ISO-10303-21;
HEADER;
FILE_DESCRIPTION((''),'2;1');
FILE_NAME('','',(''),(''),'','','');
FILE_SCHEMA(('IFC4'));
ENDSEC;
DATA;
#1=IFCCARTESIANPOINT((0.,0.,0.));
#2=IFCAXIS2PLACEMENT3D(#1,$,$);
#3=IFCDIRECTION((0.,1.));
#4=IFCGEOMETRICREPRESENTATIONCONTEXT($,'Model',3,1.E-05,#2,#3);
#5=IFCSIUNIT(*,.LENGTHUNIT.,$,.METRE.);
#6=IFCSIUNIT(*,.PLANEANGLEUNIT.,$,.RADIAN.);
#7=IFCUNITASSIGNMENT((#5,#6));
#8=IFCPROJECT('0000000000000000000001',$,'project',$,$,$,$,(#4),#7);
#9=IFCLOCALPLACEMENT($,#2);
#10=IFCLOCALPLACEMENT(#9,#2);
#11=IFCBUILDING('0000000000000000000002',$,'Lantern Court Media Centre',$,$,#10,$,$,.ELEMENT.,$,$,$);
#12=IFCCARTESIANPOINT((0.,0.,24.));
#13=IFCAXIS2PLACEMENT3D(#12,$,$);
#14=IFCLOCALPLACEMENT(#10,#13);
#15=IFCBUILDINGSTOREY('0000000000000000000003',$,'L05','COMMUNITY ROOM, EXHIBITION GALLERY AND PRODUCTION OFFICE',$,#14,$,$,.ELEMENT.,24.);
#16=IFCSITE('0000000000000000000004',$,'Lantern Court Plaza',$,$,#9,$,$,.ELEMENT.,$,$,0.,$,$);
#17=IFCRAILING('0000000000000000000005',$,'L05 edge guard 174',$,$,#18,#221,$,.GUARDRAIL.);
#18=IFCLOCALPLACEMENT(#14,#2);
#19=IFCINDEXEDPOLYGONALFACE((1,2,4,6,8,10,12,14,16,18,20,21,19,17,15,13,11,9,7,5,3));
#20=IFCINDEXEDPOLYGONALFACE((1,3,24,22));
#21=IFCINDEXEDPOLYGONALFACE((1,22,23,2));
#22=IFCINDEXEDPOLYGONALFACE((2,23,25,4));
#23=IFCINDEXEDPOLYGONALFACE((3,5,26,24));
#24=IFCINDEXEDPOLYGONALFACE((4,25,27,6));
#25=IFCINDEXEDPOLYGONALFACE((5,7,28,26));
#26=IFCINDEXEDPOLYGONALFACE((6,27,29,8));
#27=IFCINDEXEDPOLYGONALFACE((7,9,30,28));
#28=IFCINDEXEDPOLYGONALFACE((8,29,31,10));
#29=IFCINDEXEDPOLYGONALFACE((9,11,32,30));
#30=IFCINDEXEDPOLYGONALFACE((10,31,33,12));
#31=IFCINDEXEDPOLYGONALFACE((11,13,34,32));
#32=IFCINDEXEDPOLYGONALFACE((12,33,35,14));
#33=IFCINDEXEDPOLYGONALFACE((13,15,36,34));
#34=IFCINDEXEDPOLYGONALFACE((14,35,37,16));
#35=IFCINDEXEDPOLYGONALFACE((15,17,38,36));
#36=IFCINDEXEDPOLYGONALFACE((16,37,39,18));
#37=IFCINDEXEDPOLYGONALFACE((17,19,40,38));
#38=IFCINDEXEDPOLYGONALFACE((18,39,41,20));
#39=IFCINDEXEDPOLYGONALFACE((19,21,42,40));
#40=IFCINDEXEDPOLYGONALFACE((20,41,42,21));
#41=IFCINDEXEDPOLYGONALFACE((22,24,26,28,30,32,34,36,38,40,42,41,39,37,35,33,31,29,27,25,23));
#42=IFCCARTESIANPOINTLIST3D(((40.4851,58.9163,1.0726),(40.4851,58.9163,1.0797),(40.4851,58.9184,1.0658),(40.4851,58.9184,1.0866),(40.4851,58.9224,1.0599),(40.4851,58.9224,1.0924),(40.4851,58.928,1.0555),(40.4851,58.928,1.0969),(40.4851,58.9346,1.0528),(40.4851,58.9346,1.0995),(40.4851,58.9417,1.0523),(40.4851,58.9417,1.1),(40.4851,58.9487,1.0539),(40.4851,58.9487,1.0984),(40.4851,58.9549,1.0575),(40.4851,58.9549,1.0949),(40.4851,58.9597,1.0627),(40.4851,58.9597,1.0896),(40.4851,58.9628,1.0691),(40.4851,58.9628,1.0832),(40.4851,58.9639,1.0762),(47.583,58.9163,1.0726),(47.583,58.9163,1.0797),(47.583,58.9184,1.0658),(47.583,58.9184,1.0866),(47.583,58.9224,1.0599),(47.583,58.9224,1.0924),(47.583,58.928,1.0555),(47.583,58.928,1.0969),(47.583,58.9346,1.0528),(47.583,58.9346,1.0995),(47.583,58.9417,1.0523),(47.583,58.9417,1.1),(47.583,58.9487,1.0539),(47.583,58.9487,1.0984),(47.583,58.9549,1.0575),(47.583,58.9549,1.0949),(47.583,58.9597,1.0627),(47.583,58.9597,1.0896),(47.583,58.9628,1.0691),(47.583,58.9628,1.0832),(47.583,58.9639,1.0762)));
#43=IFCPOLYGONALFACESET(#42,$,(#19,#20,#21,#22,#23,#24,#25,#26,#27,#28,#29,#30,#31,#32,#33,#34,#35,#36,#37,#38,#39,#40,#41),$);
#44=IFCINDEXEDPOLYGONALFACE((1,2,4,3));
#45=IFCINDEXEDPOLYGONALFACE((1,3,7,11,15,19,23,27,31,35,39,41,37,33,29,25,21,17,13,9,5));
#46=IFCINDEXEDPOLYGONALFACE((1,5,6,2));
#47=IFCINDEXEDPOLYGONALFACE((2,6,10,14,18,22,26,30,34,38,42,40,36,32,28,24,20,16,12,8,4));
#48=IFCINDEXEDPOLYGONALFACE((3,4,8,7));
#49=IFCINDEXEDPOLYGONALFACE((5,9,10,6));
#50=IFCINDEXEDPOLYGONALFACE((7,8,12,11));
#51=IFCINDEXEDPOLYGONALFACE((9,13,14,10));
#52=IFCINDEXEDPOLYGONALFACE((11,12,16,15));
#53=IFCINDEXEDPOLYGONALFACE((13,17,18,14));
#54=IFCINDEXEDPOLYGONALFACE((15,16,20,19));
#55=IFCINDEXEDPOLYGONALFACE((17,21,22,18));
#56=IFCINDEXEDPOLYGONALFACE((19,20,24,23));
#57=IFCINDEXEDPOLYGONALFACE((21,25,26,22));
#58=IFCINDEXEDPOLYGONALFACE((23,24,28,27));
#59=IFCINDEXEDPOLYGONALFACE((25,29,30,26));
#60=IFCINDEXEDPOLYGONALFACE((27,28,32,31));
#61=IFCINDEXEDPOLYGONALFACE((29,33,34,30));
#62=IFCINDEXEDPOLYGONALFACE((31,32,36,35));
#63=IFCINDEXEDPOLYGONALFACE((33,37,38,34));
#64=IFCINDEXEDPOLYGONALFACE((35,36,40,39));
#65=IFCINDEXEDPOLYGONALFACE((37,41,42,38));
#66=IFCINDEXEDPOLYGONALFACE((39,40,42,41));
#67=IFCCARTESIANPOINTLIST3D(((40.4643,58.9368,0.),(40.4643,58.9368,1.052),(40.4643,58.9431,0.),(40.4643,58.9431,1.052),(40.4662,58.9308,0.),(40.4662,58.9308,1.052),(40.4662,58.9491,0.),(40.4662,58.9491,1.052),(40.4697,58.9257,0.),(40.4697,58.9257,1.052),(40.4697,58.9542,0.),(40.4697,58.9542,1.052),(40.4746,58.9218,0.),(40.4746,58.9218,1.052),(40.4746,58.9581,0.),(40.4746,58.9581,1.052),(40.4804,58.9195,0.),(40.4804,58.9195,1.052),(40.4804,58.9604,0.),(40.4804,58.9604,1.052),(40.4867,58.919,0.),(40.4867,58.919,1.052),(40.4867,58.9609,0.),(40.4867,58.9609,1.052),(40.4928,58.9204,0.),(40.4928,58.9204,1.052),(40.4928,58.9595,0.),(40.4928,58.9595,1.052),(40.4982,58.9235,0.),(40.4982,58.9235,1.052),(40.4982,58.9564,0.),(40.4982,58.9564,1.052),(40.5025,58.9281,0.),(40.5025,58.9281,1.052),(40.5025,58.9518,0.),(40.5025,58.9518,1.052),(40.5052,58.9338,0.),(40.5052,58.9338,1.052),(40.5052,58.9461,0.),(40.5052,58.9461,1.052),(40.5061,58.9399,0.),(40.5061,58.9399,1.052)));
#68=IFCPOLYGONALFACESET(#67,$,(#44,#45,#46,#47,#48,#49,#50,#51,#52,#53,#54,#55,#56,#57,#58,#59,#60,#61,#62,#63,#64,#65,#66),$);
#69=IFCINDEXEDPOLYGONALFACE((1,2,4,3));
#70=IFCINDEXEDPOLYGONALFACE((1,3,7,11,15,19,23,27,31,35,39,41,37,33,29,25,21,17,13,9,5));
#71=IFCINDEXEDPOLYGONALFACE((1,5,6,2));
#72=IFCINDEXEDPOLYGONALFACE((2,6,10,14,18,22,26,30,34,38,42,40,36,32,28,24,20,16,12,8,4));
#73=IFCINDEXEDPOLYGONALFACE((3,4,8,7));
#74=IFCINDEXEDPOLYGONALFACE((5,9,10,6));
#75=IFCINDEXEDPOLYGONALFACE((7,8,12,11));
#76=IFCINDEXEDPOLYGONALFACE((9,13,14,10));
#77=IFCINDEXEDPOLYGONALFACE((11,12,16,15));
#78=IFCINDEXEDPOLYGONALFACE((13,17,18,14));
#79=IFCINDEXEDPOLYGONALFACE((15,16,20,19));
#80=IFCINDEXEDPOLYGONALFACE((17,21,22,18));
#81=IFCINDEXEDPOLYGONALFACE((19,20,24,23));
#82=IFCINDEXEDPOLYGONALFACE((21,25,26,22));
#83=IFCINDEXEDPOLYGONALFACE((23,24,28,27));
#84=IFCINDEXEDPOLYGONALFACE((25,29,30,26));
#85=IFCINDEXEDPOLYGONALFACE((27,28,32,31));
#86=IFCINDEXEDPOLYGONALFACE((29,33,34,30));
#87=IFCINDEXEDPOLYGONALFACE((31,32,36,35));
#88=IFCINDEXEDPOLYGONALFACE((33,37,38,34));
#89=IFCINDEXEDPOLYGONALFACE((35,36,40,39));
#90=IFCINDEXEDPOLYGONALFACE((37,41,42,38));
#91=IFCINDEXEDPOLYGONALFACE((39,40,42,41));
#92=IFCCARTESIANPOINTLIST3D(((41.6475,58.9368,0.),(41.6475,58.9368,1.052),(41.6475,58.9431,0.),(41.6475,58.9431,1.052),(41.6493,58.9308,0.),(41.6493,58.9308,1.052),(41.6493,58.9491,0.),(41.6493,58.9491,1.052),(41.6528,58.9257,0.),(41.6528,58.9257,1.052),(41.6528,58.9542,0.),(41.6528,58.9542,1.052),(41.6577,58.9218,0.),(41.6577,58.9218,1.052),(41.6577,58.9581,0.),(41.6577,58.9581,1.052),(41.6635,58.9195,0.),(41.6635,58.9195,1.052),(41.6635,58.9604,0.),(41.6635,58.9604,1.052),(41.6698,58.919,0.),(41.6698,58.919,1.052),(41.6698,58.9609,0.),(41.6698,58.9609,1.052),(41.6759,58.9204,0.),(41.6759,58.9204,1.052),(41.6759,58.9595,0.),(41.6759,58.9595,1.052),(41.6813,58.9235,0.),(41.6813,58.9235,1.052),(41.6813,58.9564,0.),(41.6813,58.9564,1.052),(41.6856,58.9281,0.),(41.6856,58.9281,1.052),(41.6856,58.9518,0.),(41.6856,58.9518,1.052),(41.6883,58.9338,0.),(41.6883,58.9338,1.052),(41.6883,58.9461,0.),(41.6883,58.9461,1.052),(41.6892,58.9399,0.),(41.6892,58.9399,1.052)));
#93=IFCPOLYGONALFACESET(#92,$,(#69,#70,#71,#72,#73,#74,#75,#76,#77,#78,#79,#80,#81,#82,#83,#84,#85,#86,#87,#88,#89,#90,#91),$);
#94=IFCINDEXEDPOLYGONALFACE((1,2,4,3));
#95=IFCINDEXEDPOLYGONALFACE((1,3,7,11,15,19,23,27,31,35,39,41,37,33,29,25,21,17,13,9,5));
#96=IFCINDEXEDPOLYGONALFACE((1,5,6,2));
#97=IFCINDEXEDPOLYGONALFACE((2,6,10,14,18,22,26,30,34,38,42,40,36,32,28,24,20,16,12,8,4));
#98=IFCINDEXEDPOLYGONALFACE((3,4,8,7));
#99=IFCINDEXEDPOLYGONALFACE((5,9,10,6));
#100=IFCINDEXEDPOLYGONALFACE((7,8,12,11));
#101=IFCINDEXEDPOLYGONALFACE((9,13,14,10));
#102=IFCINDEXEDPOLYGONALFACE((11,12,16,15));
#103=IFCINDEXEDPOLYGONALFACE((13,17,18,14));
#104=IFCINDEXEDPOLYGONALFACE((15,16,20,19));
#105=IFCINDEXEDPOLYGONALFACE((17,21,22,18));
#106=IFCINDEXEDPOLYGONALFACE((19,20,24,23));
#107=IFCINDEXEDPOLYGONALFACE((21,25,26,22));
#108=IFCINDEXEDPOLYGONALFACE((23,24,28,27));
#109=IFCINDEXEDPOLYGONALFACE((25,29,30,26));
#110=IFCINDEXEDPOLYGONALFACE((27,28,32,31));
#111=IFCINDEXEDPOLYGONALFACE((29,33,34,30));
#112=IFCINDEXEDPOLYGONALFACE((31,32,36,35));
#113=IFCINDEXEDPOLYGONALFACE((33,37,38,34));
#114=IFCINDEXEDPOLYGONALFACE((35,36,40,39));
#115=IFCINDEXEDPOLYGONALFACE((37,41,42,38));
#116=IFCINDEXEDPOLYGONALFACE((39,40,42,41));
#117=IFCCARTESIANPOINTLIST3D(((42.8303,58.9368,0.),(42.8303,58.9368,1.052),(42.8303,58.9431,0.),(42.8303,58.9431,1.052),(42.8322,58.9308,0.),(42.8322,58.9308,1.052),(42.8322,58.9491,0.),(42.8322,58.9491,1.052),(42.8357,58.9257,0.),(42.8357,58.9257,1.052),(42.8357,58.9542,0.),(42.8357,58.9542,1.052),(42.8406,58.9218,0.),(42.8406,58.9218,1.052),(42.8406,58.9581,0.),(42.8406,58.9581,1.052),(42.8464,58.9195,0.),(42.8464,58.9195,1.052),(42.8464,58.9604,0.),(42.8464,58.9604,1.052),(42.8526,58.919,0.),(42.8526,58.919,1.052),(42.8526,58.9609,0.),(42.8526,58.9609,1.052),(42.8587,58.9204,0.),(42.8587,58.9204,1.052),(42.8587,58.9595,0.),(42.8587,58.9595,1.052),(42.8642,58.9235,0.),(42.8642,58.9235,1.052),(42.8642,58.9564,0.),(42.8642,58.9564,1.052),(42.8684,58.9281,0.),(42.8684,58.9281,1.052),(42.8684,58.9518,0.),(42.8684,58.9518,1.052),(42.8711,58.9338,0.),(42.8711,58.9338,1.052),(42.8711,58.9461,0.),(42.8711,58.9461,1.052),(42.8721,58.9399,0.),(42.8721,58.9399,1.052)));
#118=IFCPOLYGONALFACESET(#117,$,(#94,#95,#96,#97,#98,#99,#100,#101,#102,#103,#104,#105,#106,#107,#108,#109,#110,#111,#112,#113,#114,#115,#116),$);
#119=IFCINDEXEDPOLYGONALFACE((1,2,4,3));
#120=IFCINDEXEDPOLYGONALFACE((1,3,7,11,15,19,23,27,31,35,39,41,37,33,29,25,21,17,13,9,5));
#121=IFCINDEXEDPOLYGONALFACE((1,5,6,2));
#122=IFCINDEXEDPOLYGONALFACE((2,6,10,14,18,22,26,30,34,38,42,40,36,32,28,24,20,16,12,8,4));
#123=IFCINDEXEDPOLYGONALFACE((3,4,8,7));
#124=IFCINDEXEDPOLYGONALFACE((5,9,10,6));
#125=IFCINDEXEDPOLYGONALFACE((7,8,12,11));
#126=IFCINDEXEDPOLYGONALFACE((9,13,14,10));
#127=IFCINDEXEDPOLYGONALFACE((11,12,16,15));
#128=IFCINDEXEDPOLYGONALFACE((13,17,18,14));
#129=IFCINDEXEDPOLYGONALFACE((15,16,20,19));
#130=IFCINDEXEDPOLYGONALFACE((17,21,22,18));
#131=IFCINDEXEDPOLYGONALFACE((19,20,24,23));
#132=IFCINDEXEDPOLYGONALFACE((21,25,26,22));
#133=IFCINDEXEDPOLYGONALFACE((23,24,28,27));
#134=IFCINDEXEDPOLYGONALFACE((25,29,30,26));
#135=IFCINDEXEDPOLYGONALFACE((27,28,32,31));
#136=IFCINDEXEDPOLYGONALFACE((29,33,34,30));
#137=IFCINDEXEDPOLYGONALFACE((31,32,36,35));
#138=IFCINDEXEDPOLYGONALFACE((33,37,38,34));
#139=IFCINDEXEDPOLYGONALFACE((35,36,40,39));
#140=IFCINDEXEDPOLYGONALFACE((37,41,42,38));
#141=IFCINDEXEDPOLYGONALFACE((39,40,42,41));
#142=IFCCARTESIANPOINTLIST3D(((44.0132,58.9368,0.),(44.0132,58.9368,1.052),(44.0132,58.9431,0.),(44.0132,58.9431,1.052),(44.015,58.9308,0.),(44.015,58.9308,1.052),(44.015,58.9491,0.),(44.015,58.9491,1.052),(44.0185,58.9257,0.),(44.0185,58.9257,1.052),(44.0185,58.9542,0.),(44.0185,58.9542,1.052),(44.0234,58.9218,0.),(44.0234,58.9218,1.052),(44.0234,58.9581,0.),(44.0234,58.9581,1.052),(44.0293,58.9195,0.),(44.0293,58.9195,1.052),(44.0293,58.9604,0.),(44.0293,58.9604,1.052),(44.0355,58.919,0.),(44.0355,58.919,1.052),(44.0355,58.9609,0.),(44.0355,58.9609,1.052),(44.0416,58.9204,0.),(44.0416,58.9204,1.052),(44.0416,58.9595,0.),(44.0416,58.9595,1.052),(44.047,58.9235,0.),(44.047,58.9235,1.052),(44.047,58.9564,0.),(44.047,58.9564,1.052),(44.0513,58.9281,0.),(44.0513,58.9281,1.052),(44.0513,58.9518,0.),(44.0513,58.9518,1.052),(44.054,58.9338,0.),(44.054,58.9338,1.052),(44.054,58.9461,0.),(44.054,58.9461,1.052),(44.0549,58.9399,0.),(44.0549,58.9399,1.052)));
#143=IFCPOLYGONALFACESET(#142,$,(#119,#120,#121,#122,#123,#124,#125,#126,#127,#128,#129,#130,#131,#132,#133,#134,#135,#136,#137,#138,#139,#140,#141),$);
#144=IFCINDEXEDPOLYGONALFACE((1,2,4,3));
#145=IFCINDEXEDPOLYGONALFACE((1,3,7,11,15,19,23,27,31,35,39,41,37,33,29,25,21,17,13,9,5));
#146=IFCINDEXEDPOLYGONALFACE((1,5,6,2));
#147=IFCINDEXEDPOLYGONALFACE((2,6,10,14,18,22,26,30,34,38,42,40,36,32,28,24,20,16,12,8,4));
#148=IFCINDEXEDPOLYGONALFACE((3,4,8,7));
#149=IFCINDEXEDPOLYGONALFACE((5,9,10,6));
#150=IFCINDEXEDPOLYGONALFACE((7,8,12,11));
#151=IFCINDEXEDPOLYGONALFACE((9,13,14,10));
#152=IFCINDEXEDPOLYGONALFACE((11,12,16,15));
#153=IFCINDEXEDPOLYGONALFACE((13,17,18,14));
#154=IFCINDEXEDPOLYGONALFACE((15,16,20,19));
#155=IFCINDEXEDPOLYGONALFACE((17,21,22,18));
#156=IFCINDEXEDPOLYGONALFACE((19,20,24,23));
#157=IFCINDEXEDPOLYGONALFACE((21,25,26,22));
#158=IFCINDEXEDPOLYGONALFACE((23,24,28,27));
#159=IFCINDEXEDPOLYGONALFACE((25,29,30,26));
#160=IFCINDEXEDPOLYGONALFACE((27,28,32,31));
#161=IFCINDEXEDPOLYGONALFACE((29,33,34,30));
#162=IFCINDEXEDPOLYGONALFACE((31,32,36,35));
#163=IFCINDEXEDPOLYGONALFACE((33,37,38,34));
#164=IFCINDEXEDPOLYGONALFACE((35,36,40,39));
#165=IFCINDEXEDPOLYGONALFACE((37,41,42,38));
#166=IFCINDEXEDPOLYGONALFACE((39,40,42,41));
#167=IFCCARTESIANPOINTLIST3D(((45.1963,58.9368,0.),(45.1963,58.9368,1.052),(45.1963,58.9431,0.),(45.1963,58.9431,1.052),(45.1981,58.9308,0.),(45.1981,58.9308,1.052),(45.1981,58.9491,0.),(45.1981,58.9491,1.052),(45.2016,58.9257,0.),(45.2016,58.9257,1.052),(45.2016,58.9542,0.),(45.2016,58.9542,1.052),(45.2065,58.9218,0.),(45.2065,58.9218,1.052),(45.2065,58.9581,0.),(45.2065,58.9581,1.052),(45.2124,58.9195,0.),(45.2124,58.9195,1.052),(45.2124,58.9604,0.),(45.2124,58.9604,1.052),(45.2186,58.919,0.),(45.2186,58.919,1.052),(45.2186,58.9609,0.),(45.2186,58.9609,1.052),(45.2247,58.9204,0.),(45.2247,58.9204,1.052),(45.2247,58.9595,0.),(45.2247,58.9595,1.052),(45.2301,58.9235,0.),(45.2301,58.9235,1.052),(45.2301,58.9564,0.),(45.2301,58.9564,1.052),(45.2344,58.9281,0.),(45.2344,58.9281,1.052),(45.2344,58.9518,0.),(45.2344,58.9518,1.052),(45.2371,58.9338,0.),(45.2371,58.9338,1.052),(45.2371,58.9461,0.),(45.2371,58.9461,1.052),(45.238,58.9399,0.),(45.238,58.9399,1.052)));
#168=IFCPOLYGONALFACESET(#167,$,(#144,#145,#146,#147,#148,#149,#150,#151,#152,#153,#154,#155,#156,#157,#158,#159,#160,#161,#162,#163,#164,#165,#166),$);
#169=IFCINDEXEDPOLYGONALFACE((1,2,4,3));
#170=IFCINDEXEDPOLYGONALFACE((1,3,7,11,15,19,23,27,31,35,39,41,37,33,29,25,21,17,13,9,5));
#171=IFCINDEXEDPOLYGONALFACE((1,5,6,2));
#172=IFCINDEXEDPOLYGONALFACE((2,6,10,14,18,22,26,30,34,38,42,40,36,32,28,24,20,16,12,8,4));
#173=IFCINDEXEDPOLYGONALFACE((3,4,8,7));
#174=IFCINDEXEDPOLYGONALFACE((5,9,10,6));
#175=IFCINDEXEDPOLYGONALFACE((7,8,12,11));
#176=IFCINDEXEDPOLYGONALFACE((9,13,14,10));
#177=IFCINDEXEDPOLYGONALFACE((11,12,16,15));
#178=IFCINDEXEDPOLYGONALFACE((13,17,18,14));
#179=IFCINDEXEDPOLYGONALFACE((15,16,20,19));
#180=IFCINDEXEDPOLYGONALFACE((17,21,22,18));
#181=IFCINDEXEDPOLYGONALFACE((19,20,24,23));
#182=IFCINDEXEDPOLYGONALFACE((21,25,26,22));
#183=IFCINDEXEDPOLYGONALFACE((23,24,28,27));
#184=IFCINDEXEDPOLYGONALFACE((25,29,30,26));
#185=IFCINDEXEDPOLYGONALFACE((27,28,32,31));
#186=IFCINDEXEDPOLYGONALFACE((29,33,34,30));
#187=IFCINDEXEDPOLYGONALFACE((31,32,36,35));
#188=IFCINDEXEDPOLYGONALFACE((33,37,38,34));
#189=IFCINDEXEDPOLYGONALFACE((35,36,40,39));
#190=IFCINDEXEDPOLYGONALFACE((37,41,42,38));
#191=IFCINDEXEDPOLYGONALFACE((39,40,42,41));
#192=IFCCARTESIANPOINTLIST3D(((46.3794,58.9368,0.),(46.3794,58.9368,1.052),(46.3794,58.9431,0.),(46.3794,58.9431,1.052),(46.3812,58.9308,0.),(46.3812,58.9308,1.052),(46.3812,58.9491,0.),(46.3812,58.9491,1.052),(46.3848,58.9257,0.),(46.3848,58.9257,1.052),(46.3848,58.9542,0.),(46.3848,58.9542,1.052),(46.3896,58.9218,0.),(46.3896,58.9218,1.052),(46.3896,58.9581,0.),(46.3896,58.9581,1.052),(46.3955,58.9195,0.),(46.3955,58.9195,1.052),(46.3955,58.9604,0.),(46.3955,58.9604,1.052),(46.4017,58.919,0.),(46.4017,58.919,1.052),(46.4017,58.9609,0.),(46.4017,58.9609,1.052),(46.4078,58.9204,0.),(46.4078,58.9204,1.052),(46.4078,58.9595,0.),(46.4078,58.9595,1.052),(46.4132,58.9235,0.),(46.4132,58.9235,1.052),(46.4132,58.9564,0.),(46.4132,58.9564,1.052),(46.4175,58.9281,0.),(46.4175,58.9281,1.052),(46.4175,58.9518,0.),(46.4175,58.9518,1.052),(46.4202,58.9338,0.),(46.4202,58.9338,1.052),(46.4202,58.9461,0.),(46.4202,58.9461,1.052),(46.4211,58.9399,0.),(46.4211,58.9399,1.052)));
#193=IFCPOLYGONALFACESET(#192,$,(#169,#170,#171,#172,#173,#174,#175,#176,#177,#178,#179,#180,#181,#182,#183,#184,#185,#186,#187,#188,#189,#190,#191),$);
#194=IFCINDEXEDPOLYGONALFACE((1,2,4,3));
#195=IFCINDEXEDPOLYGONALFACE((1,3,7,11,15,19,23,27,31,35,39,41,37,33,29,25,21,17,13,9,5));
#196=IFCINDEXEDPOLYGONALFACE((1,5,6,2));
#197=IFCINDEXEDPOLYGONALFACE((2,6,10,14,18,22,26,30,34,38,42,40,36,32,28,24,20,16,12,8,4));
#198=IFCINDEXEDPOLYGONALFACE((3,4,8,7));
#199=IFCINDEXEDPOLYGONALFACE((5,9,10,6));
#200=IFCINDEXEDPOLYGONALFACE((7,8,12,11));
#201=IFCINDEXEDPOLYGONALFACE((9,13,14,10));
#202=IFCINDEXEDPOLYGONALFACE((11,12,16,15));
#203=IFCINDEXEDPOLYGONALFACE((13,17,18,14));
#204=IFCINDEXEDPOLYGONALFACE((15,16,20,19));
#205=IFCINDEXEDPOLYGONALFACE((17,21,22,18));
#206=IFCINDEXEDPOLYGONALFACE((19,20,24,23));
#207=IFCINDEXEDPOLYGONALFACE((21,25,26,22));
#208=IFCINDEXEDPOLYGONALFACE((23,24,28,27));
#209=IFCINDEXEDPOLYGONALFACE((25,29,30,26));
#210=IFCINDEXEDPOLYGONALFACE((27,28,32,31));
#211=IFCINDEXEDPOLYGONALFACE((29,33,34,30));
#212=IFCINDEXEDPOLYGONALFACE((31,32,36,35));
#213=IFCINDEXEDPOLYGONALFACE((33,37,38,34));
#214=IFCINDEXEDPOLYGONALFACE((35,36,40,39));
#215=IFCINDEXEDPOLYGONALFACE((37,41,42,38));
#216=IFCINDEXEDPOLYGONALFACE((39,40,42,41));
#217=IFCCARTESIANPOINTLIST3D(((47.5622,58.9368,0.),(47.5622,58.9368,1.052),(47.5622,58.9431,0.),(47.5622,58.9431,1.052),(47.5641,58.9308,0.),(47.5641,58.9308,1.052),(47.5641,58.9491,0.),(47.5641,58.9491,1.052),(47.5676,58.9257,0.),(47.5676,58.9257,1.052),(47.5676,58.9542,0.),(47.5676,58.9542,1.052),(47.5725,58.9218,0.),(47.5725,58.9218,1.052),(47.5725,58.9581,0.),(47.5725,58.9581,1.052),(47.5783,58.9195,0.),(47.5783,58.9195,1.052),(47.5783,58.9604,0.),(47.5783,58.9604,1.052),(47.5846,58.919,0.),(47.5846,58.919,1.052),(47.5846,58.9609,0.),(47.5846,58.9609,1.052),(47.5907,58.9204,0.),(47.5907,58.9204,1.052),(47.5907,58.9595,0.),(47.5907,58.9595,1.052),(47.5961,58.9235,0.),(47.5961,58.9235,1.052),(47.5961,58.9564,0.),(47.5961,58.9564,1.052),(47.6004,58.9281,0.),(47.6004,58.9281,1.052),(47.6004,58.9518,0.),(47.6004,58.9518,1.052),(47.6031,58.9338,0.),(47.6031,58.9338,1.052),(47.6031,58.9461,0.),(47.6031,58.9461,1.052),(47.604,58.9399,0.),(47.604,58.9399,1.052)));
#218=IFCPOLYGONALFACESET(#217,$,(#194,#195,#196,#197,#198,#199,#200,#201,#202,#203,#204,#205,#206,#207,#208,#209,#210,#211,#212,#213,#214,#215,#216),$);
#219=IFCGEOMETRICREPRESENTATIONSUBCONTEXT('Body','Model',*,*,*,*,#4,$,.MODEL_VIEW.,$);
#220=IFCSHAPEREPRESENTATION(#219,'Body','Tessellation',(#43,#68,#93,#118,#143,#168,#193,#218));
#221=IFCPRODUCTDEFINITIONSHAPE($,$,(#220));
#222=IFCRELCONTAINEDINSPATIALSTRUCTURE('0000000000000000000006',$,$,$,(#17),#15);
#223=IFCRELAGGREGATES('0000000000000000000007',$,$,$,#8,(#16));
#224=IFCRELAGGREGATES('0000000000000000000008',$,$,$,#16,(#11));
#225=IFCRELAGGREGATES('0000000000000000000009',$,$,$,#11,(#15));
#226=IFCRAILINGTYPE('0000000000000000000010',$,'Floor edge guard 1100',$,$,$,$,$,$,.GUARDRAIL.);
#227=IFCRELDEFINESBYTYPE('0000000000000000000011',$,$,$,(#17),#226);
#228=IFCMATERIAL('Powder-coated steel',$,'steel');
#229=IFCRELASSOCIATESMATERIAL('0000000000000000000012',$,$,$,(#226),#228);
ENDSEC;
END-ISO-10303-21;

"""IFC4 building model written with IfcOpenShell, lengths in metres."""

from ifc_helpers import new_model, si_unit, direction, frame, origin, origin_2d, place, context, subcontext, project, spatial, circle, extrude, material, type_object, element, save


model = new_model("IFC4")

# Units and contexts
model_context = context("Model", 3, precision=1e-05, world=origin(), true_north=direction((0.0, 1.0)))
body_context = subcontext(model_context, "Body", "Model", "MODEL_VIEW")
ifc_project = project(units=[si_unit("LENGTHUNIT", "METRE"), si_unit("PLANEANGLEUNIT", "RADIAN")], contexts=[model_context])

# Site, building, storey
site_placement = place(None, origin())
site = spatial("IfcSite", under=ifc_project, at=site_placement, Name="Lantern Court Plaza", CompositionType="ELEMENT", RefElevation=0.0)
building_placement = place(site_placement, origin())
building = spatial("IfcBuilding", under=site, at=building_placement, Name="Lantern Court Media Centre", CompositionType="ELEMENT")
storey_placement = place(building_placement, frame((0.0, 0.0, 24.0)))
storey = spatial("IfcBuildingStorey", under=building, at=storey_placement, Name="L05", Description="COMMUNITY ROOM, EXHIBITION GALLERY AND PRODUCTION OFFICE", CompositionType="ELEMENT", Elevation=24.0)

# Railing
ifc_material_1 = material(Name="Powder-coated steel", Category="steel")
railing_type = type_object("IfcRailingType", Name="Floor edge guard 1100", PredefinedType="GUARDRAIL", material=ifc_material_1)
railing_placement = place(storey_placement, frame((40.4851, 58.9399, 0.0)))
element("IfcRailing", 1, at=railing_placement, inside=storey, type_object=railing_type, Name="L05 edge guard 174", PredefinedType="GUARDRAIL", context=body_context, shape_type="SweptSolid", body=[
    extrude(circle(Radius=0.0239, at=origin_2d()), frame((0.0, 0.0, 1.0762), z_axis=(1.0, 0.0, 0.0), x_axis=(0.0, 1.0, 0.0)), (0.0, 0.0, 1.0), 7.0979),
    extrude(circle(Radius=0.021, at=origin_2d()), origin(), (0.0, 0.0, 1.0), 1.052),
    extrude(circle(Radius=0.021, at=origin_2d()), frame((1.1831, 0.0, 0.0)), (0.0, 0.0, 1.0), 1.052),
    extrude(circle(Radius=0.021, at=origin_2d()), frame((2.366, 0.0, 0.0)), (0.0, 0.0, 1.0), 1.052),
    extrude(circle(Radius=0.021, at=origin_2d()), frame((3.5488, 0.0, 0.0)), (0.0, 0.0, 1.0), 1.052),
    extrude(circle(Radius=0.021, at=origin_2d()), frame((4.7319, 0.0, 0.0)), (0.0, 0.0, 1.0), 1.052),
    extrude(circle(Radius=0.021, at=origin_2d()), frame((5.915, 0.0, 0.0)), (0.0, 0.0, 1.0), 1.052),
    extrude(circle(Radius=0.021, at=origin_2d()), frame((7.0979, 0.0, 0.0)), (0.0, 0.0, 1.0), 1.052),
])

save(model, "model.ifc")
